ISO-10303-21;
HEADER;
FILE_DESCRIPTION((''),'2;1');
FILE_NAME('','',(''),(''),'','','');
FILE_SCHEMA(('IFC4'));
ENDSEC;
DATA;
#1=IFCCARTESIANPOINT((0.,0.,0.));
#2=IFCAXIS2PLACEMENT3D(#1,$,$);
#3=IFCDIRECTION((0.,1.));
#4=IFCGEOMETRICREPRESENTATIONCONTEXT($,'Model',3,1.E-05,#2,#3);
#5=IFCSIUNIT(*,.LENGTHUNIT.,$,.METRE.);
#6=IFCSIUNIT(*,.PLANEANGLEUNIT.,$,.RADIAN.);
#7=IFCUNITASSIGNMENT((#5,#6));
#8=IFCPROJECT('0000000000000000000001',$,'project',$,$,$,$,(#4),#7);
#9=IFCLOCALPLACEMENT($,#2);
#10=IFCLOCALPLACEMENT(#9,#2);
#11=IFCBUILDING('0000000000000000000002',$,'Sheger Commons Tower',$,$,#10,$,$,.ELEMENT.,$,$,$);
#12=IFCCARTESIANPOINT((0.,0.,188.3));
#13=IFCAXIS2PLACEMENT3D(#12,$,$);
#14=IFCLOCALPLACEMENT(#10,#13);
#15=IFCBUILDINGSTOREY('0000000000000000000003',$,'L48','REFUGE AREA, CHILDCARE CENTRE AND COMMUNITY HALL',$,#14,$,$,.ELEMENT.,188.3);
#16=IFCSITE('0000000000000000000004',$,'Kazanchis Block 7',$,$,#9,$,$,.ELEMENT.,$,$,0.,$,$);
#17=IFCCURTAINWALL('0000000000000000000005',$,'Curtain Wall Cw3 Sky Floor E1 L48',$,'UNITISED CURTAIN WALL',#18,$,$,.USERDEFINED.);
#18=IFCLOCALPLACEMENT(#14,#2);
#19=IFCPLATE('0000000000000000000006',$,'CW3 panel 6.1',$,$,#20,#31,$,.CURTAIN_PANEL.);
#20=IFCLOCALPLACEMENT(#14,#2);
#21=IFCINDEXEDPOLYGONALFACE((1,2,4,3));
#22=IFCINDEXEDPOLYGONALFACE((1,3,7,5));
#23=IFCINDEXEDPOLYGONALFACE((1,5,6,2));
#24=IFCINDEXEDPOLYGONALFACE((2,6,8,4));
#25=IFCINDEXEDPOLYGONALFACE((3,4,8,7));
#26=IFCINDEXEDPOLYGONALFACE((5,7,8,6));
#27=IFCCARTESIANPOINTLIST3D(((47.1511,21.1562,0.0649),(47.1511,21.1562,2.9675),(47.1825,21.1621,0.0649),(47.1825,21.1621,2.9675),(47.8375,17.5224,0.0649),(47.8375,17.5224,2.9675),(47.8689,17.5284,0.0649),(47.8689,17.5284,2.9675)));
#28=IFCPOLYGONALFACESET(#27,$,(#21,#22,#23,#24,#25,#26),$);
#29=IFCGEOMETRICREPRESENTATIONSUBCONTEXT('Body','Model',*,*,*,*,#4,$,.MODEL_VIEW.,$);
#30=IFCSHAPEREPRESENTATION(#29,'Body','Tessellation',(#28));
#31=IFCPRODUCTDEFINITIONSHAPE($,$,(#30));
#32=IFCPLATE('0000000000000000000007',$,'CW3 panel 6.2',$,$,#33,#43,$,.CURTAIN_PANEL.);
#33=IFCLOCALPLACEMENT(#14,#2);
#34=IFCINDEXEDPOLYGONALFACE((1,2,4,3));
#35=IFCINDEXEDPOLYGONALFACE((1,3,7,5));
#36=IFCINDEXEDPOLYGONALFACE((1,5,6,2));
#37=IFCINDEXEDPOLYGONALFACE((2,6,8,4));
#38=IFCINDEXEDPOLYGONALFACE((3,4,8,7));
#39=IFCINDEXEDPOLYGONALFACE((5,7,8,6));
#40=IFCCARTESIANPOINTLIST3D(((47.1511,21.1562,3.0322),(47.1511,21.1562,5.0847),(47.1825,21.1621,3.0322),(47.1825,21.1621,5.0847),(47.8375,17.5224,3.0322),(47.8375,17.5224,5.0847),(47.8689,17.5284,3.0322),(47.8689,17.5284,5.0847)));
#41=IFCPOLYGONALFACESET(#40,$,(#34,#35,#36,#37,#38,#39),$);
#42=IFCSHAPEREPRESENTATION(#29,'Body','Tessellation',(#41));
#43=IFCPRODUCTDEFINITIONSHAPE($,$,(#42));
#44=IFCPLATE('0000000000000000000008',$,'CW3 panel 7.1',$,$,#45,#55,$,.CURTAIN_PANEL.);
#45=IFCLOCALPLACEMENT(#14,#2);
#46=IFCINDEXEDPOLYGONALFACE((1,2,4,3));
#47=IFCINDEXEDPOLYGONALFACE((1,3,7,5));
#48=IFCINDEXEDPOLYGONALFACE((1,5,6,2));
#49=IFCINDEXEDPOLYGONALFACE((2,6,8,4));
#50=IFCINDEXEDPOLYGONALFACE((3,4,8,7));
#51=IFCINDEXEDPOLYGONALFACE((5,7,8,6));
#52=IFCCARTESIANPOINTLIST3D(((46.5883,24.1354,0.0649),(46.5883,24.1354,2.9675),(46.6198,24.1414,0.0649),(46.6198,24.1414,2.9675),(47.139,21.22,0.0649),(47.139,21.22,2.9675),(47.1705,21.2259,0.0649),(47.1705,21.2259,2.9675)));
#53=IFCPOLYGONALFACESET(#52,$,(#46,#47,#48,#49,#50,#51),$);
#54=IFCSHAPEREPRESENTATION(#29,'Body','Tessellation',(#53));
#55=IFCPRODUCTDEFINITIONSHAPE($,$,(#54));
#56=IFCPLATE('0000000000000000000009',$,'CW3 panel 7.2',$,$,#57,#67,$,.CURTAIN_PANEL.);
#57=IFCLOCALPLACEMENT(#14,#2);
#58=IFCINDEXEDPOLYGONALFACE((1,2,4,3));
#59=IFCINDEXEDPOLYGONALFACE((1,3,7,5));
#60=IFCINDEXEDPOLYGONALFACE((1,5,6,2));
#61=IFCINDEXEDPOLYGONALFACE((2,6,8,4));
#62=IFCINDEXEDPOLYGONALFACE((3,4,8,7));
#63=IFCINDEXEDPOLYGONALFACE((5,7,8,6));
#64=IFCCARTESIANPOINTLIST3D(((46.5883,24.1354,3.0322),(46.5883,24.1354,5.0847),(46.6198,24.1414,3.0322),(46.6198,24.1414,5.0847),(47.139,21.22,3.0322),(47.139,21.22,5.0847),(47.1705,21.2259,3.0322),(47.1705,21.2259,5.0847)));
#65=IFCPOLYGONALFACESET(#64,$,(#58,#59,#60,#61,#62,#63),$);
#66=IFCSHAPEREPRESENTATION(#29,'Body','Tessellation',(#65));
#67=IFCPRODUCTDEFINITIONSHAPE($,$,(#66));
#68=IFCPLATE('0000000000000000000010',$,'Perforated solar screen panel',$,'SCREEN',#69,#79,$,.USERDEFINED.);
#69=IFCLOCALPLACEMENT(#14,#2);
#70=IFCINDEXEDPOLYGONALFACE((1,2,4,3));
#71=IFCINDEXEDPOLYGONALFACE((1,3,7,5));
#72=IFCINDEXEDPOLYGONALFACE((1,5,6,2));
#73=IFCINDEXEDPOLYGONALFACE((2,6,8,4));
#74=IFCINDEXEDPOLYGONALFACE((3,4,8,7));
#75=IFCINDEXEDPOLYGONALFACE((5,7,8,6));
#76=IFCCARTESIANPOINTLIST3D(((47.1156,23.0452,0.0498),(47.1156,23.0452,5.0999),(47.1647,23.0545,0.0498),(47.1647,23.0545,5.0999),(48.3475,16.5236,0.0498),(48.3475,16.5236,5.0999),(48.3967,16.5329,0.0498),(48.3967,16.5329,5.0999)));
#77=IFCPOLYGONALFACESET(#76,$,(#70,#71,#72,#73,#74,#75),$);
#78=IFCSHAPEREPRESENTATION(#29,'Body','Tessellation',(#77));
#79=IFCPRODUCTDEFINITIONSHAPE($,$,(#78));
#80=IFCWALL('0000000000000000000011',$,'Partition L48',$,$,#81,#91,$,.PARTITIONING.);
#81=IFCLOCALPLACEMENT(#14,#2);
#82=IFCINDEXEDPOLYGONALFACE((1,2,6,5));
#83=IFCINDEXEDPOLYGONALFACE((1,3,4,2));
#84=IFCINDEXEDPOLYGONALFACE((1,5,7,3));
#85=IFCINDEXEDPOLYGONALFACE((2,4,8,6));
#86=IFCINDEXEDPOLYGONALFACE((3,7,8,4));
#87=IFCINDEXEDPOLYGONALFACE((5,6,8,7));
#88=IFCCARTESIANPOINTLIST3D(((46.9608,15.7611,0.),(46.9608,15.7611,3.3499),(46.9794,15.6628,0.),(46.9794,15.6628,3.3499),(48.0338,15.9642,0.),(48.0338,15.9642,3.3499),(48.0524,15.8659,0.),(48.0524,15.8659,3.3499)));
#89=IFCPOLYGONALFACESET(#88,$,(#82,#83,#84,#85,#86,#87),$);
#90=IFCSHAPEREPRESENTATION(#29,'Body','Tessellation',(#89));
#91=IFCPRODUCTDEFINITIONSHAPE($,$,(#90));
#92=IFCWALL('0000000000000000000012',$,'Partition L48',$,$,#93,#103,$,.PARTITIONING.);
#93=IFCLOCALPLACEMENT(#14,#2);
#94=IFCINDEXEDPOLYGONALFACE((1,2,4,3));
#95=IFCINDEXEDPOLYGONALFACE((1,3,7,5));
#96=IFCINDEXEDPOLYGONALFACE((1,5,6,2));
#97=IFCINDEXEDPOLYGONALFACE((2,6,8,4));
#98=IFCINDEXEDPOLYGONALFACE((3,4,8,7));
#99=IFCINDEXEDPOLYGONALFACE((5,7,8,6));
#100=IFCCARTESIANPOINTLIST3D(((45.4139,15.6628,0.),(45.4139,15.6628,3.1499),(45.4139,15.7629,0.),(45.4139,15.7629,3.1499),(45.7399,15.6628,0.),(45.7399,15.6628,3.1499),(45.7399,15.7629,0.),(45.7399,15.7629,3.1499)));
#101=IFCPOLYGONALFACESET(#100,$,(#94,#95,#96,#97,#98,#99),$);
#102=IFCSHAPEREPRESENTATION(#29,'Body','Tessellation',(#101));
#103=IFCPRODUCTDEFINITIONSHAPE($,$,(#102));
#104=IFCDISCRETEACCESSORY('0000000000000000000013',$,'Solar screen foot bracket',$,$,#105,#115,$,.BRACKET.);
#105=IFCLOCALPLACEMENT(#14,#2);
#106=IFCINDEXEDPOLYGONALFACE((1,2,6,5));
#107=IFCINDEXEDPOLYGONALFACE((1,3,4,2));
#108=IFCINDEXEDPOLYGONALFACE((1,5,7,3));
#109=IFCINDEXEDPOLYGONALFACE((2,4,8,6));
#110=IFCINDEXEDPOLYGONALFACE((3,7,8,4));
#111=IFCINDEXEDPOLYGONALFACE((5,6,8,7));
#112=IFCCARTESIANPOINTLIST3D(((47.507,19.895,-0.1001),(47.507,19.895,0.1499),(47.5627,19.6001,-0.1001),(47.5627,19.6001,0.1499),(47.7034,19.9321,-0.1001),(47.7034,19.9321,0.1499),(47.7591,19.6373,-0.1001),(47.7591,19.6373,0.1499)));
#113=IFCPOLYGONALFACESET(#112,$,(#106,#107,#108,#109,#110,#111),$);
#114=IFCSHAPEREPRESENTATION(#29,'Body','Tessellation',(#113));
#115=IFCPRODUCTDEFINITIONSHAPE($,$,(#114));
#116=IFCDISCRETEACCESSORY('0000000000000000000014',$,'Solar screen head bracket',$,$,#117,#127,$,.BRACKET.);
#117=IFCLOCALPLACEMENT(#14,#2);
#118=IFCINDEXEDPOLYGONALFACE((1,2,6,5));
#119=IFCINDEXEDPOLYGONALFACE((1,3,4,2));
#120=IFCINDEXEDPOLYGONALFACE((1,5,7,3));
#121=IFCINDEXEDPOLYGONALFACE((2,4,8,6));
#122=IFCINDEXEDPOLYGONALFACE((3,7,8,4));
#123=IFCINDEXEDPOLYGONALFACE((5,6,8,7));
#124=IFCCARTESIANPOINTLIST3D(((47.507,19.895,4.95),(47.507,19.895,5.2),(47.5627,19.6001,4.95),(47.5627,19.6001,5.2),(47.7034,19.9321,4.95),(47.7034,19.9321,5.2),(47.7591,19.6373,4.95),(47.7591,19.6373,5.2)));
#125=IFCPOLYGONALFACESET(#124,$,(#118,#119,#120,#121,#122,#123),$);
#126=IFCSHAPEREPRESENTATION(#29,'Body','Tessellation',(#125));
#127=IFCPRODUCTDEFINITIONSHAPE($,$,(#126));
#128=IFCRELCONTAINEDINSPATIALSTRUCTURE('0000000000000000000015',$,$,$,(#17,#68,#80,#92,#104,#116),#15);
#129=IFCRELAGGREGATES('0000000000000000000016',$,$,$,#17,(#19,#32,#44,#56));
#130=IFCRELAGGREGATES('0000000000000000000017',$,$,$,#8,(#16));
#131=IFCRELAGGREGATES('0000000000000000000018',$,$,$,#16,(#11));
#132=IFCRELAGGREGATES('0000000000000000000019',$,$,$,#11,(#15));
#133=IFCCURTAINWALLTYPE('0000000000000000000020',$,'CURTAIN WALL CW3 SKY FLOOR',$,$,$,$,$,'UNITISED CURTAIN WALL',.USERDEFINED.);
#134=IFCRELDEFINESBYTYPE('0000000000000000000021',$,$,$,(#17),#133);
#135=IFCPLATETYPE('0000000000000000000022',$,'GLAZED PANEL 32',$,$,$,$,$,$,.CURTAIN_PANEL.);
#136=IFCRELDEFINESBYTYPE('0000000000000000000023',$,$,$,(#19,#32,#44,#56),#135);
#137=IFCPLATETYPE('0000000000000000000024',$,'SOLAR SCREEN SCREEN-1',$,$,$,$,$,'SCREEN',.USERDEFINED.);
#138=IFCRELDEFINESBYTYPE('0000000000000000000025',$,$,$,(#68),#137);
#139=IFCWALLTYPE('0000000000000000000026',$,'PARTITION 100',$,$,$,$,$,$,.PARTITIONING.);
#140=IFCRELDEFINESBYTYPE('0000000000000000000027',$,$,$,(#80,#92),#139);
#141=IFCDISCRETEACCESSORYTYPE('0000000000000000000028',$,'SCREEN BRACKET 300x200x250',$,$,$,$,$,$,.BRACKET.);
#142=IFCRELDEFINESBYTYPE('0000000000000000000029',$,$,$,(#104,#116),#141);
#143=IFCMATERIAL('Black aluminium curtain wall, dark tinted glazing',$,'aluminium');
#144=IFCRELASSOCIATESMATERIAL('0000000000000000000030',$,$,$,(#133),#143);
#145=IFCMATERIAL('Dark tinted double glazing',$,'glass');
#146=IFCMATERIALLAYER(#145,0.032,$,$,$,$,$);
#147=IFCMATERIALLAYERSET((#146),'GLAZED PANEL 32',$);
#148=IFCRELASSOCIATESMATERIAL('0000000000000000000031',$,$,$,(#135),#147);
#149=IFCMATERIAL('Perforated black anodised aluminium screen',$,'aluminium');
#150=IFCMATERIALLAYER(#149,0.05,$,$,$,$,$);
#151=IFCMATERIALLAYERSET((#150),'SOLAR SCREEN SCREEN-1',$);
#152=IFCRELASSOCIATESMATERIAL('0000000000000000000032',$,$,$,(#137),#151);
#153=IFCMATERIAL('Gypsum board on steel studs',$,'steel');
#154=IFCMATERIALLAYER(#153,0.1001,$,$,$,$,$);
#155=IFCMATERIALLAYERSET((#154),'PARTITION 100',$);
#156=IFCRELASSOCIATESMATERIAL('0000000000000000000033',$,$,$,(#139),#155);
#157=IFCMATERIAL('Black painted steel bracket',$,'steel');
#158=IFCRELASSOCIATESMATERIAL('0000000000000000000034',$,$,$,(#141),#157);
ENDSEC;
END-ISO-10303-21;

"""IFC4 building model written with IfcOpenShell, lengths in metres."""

from ifc_helpers import new_model, si_unit, direction, frame, frame_2d, origin, origin_2d, place, context, subcontext, project, spatial, rectangle, extrude, material, layer, layer_set, type_object, element, aggregate, save


model = new_model("IFC4")

# Units and contexts
model_context = context("Model", 3, precision=1e-05, world=origin(), true_north=direction((0.0, 1.0)))
body_context = subcontext(model_context, "Body", "Model", "MODEL_VIEW")
ifc_project = project(units=[si_unit("LENGTHUNIT", "METRE"), si_unit("PLANEANGLEUNIT", "RADIAN")], contexts=[model_context])

# Site, building, storey
site_placement = place(None, origin())
site = spatial("IfcSite", under=ifc_project, at=site_placement, Name="Kazanchis Block 7", CompositionType="ELEMENT", RefElevation=0.0)
building_placement = place(site_placement, origin())
building = spatial("IfcBuilding", under=site, at=building_placement, Name="Sheger Commons Tower", CompositionType="ELEMENT")
storey_placement = place(building_placement, frame((0.0, 0.0, 188.3)))
storey = spatial("IfcBuildingStorey", under=building, at=storey_placement, Name="L48", Description="REFUGE AREA, CHILDCARE CENTRE AND COMMUNITY HALL", CompositionType="ELEMENT", Elevation=188.3)

# Curtain wall, plates
ifc_material_1 = material(Name="Black aluminium curtain wall, dark tinted glazing", Category="aluminium")
curtain_wall_type = type_object("IfcCurtainWallType", Name="CURTAIN WALL CW3 SKY FLOOR", ElementType="UNITISED CURTAIN WALL", PredefinedType="USERDEFINED", material=ifc_material_1)
curtain_wall_placement = place(storey_placement, origin())
curtain_wall = element("IfcCurtainWall", 1, at=curtain_wall_placement, inside=storey, type_object=curtain_wall_type, Name="Curtain Wall Cw3 Sky Floor E1 L48", ObjectType="UNITISED CURTAIN WALL", PredefinedType="USERDEFINED")
ifc_material_2 = material(Name="Dark tinted double glazing", Category="glass")
ifc_layer_1 = layer(ifc_material_2, 0.032)
ifc_layer_set_1 = layer_set([ifc_layer_1], Name="GLAZED PANEL 32")
plate_type_1 = type_object("IfcPlateType", Name="GLAZED PANEL 32", PredefinedType="CURTAIN_PANEL", material=ifc_layer_set_1)
plate_1_placement = place(storey_placement, frame((47.51, 19.3423, 0.0649), z_axis=(0.0, 0.0, 1.0), x_axis=(-0.18561, 0.982624, 0.0)))
plate_1 = element("IfcPlate", 2, at=plate_1_placement, type_object=plate_type_1, Name="CW3 panel 6.1", PredefinedType="CURTAIN_PANEL", context=body_context, shape_type="SweptSolid", body=[
    extrude(rectangle(XDim=3.698, YDim=0.032, at=origin_2d()), origin(), (0.0, 0.0, 1.0), 2.9026),
])
plate_2_placement = place(storey_placement, frame((47.51, 19.3423, 3.0322), z_axis=(0.0, 0.0, 1.0), x_axis=(-0.18561, 0.982624, 0.0)))
plate_2 = element("IfcPlate", 3, at=plate_2_placement, type_object=plate_type_1, Name="CW3 panel 6.2", PredefinedType="CURTAIN_PANEL", context=body_context, shape_type="SweptSolid", body=[
    extrude(rectangle(XDim=3.698, YDim=0.032, at=origin_2d()), origin(), (0.0, 0.0, 1.0), 2.0525),
])
plate_3_placement = place(storey_placement, frame((46.8794, 22.6807, 0.0649), z_axis=(0.0, 0.0, 1.0), x_axis=(-0.18561, 0.982624, 0.0)))
plate_3 = element("IfcPlate", 4, at=plate_3_placement, type_object=plate_type_1, Name="CW3 panel 7.1", PredefinedType="CURTAIN_PANEL", context=body_context, shape_type="SweptSolid", body=[
    extrude(rectangle(XDim=2.967, YDim=0.032, at=origin_2d()), origin(), (0.0, 0.0, 1.0), 2.9026),
])
plate_4_placement = place(storey_placement, frame((46.8794, 22.6807, 3.0322), z_axis=(0.0, 0.0, 1.0), x_axis=(-0.18561, 0.982624, 0.0)))
plate_4 = element("IfcPlate", 5, at=plate_4_placement, type_object=plate_type_1, Name="CW3 panel 7.2", PredefinedType="CURTAIN_PANEL", context=body_context, shape_type="SweptSolid", body=[
    extrude(rectangle(XDim=2.967, YDim=0.032, at=origin_2d()), origin(), (0.0, 0.0, 1.0), 2.0525),
])
aggregate(curtain_wall, [plate_1, plate_2, plate_3, plate_4])

# Plate
ifc_material_3 = material(Name="Perforated black anodised aluminium screen", Category="aluminium")
ifc_layer_2 = layer(ifc_material_3, 0.05)
ifc_layer_set_2 = layer_set([ifc_layer_2], Name="SOLAR SCREEN SCREEN-1")
plate_type_2 = type_object("IfcPlateType", Name="SOLAR SCREEN SCREEN-1", ElementType="SCREEN", PredefinedType="USERDEFINED", material=ifc_layer_set_2)
plate_5_placement = place(storey_placement, frame((47.7561, 19.7891, 0.0498), z_axis=(0.0, 0.0, 1.0), x_axis=(-0.185615, 0.982623, 0.0)))
element("IfcPlate", 6, at=plate_5_placement, inside=storey, type_object=plate_type_2, Name="Perforated solar screen panel", ObjectType="SCREEN", PredefinedType="USERDEFINED", context=body_context, shape_type="SweptSolid", body=[
    extrude(rectangle(XDim=6.637, YDim=0.05, at=origin_2d()), origin(), (0.0, 0.0, 1.0), 5.05),
])

# Walls
ifc_material_4 = material(Name="Gypsum board on steel studs", Category="steel")
ifc_layer_3 = layer(ifc_material_4, 0.1001)
ifc_layer_set_3 = layer_set([ifc_layer_3], Name="PARTITION 100")
wall_type = type_object("IfcWallType", Name="PARTITION 100", PredefinedType="PARTITIONING", material=ifc_layer_set_3)
wall_1_placement = place(storey_placement, frame((48.043, 15.915, 0.0), z_axis=(0.0, 0.0, 1.0), x_axis=(-0.982549, -0.186003, 0.0)))
element("IfcWall", 7, at=wall_1_placement, inside=storey, type_object=wall_type, Name="Partition L48", PredefinedType="PARTITIONING", context=body_context, shape_type="SweptSolid", body=[
    extrude(rectangle(XDim=1.092, YDim=0.1001, at=frame_2d((0.5459, 0.0))), origin(), (0.0, 0.0, 1.0), 3.3499),
])
wall_2_placement = place(storey_placement, frame((45.74, 15.7129, 0.0), z_axis=(0.0, 0.0, 1.0), x_axis=(-1.0, 0.0, 0.0)))
element("IfcWall", 8, at=wall_2_placement, inside=storey, type_object=wall_type, Name="Partition L48", PredefinedType="PARTITIONING", context=body_context, shape_type="SweptSolid", body=[
    extrude(rectangle(XDim=0.3259, YDim=0.1001, at=frame_2d((0.1631, 0.0))), origin(), (0.0, 0.0, 1.0), 3.1499),
])

# Discrete accessories
ifc_material_5 = material(Name="Black painted steel bracket", Category="steel")
discrete_accessory_type = type_object("IfcDiscreteAccessoryType", Name="SCREEN BRACKET 300x200x250", PredefinedType="BRACKET", material=ifc_material_5)
for number, where, z_axis, x_axis, name in (
    (9, (47.6331, 19.7661, -0.1001), (0.0, 0.0, 1.0), (-0.185615, 0.982623, 0.0), "Solar screen foot bracket"),
    (10, (47.6331, 19.7661, 4.95), (0.0, 0.0, 1.0), (-0.185615, 0.982623, 0.0), "Solar screen head bracket"),
):
    element("IfcDiscreteAccessory", number, at=place(storey_placement, frame(where, z_axis=z_axis, x_axis=x_axis)), inside=storey, type_object=discrete_accessory_type, Name=name, PredefinedType="BRACKET", context=body_context, shape_type="SweptSolid", body=[
        extrude(rectangle(XDim=0.3, YDim=0.2, at=origin_2d()), origin(), (0.0, 0.0, 1.0), 0.25),
    ])

save(model, "model.ifc")
